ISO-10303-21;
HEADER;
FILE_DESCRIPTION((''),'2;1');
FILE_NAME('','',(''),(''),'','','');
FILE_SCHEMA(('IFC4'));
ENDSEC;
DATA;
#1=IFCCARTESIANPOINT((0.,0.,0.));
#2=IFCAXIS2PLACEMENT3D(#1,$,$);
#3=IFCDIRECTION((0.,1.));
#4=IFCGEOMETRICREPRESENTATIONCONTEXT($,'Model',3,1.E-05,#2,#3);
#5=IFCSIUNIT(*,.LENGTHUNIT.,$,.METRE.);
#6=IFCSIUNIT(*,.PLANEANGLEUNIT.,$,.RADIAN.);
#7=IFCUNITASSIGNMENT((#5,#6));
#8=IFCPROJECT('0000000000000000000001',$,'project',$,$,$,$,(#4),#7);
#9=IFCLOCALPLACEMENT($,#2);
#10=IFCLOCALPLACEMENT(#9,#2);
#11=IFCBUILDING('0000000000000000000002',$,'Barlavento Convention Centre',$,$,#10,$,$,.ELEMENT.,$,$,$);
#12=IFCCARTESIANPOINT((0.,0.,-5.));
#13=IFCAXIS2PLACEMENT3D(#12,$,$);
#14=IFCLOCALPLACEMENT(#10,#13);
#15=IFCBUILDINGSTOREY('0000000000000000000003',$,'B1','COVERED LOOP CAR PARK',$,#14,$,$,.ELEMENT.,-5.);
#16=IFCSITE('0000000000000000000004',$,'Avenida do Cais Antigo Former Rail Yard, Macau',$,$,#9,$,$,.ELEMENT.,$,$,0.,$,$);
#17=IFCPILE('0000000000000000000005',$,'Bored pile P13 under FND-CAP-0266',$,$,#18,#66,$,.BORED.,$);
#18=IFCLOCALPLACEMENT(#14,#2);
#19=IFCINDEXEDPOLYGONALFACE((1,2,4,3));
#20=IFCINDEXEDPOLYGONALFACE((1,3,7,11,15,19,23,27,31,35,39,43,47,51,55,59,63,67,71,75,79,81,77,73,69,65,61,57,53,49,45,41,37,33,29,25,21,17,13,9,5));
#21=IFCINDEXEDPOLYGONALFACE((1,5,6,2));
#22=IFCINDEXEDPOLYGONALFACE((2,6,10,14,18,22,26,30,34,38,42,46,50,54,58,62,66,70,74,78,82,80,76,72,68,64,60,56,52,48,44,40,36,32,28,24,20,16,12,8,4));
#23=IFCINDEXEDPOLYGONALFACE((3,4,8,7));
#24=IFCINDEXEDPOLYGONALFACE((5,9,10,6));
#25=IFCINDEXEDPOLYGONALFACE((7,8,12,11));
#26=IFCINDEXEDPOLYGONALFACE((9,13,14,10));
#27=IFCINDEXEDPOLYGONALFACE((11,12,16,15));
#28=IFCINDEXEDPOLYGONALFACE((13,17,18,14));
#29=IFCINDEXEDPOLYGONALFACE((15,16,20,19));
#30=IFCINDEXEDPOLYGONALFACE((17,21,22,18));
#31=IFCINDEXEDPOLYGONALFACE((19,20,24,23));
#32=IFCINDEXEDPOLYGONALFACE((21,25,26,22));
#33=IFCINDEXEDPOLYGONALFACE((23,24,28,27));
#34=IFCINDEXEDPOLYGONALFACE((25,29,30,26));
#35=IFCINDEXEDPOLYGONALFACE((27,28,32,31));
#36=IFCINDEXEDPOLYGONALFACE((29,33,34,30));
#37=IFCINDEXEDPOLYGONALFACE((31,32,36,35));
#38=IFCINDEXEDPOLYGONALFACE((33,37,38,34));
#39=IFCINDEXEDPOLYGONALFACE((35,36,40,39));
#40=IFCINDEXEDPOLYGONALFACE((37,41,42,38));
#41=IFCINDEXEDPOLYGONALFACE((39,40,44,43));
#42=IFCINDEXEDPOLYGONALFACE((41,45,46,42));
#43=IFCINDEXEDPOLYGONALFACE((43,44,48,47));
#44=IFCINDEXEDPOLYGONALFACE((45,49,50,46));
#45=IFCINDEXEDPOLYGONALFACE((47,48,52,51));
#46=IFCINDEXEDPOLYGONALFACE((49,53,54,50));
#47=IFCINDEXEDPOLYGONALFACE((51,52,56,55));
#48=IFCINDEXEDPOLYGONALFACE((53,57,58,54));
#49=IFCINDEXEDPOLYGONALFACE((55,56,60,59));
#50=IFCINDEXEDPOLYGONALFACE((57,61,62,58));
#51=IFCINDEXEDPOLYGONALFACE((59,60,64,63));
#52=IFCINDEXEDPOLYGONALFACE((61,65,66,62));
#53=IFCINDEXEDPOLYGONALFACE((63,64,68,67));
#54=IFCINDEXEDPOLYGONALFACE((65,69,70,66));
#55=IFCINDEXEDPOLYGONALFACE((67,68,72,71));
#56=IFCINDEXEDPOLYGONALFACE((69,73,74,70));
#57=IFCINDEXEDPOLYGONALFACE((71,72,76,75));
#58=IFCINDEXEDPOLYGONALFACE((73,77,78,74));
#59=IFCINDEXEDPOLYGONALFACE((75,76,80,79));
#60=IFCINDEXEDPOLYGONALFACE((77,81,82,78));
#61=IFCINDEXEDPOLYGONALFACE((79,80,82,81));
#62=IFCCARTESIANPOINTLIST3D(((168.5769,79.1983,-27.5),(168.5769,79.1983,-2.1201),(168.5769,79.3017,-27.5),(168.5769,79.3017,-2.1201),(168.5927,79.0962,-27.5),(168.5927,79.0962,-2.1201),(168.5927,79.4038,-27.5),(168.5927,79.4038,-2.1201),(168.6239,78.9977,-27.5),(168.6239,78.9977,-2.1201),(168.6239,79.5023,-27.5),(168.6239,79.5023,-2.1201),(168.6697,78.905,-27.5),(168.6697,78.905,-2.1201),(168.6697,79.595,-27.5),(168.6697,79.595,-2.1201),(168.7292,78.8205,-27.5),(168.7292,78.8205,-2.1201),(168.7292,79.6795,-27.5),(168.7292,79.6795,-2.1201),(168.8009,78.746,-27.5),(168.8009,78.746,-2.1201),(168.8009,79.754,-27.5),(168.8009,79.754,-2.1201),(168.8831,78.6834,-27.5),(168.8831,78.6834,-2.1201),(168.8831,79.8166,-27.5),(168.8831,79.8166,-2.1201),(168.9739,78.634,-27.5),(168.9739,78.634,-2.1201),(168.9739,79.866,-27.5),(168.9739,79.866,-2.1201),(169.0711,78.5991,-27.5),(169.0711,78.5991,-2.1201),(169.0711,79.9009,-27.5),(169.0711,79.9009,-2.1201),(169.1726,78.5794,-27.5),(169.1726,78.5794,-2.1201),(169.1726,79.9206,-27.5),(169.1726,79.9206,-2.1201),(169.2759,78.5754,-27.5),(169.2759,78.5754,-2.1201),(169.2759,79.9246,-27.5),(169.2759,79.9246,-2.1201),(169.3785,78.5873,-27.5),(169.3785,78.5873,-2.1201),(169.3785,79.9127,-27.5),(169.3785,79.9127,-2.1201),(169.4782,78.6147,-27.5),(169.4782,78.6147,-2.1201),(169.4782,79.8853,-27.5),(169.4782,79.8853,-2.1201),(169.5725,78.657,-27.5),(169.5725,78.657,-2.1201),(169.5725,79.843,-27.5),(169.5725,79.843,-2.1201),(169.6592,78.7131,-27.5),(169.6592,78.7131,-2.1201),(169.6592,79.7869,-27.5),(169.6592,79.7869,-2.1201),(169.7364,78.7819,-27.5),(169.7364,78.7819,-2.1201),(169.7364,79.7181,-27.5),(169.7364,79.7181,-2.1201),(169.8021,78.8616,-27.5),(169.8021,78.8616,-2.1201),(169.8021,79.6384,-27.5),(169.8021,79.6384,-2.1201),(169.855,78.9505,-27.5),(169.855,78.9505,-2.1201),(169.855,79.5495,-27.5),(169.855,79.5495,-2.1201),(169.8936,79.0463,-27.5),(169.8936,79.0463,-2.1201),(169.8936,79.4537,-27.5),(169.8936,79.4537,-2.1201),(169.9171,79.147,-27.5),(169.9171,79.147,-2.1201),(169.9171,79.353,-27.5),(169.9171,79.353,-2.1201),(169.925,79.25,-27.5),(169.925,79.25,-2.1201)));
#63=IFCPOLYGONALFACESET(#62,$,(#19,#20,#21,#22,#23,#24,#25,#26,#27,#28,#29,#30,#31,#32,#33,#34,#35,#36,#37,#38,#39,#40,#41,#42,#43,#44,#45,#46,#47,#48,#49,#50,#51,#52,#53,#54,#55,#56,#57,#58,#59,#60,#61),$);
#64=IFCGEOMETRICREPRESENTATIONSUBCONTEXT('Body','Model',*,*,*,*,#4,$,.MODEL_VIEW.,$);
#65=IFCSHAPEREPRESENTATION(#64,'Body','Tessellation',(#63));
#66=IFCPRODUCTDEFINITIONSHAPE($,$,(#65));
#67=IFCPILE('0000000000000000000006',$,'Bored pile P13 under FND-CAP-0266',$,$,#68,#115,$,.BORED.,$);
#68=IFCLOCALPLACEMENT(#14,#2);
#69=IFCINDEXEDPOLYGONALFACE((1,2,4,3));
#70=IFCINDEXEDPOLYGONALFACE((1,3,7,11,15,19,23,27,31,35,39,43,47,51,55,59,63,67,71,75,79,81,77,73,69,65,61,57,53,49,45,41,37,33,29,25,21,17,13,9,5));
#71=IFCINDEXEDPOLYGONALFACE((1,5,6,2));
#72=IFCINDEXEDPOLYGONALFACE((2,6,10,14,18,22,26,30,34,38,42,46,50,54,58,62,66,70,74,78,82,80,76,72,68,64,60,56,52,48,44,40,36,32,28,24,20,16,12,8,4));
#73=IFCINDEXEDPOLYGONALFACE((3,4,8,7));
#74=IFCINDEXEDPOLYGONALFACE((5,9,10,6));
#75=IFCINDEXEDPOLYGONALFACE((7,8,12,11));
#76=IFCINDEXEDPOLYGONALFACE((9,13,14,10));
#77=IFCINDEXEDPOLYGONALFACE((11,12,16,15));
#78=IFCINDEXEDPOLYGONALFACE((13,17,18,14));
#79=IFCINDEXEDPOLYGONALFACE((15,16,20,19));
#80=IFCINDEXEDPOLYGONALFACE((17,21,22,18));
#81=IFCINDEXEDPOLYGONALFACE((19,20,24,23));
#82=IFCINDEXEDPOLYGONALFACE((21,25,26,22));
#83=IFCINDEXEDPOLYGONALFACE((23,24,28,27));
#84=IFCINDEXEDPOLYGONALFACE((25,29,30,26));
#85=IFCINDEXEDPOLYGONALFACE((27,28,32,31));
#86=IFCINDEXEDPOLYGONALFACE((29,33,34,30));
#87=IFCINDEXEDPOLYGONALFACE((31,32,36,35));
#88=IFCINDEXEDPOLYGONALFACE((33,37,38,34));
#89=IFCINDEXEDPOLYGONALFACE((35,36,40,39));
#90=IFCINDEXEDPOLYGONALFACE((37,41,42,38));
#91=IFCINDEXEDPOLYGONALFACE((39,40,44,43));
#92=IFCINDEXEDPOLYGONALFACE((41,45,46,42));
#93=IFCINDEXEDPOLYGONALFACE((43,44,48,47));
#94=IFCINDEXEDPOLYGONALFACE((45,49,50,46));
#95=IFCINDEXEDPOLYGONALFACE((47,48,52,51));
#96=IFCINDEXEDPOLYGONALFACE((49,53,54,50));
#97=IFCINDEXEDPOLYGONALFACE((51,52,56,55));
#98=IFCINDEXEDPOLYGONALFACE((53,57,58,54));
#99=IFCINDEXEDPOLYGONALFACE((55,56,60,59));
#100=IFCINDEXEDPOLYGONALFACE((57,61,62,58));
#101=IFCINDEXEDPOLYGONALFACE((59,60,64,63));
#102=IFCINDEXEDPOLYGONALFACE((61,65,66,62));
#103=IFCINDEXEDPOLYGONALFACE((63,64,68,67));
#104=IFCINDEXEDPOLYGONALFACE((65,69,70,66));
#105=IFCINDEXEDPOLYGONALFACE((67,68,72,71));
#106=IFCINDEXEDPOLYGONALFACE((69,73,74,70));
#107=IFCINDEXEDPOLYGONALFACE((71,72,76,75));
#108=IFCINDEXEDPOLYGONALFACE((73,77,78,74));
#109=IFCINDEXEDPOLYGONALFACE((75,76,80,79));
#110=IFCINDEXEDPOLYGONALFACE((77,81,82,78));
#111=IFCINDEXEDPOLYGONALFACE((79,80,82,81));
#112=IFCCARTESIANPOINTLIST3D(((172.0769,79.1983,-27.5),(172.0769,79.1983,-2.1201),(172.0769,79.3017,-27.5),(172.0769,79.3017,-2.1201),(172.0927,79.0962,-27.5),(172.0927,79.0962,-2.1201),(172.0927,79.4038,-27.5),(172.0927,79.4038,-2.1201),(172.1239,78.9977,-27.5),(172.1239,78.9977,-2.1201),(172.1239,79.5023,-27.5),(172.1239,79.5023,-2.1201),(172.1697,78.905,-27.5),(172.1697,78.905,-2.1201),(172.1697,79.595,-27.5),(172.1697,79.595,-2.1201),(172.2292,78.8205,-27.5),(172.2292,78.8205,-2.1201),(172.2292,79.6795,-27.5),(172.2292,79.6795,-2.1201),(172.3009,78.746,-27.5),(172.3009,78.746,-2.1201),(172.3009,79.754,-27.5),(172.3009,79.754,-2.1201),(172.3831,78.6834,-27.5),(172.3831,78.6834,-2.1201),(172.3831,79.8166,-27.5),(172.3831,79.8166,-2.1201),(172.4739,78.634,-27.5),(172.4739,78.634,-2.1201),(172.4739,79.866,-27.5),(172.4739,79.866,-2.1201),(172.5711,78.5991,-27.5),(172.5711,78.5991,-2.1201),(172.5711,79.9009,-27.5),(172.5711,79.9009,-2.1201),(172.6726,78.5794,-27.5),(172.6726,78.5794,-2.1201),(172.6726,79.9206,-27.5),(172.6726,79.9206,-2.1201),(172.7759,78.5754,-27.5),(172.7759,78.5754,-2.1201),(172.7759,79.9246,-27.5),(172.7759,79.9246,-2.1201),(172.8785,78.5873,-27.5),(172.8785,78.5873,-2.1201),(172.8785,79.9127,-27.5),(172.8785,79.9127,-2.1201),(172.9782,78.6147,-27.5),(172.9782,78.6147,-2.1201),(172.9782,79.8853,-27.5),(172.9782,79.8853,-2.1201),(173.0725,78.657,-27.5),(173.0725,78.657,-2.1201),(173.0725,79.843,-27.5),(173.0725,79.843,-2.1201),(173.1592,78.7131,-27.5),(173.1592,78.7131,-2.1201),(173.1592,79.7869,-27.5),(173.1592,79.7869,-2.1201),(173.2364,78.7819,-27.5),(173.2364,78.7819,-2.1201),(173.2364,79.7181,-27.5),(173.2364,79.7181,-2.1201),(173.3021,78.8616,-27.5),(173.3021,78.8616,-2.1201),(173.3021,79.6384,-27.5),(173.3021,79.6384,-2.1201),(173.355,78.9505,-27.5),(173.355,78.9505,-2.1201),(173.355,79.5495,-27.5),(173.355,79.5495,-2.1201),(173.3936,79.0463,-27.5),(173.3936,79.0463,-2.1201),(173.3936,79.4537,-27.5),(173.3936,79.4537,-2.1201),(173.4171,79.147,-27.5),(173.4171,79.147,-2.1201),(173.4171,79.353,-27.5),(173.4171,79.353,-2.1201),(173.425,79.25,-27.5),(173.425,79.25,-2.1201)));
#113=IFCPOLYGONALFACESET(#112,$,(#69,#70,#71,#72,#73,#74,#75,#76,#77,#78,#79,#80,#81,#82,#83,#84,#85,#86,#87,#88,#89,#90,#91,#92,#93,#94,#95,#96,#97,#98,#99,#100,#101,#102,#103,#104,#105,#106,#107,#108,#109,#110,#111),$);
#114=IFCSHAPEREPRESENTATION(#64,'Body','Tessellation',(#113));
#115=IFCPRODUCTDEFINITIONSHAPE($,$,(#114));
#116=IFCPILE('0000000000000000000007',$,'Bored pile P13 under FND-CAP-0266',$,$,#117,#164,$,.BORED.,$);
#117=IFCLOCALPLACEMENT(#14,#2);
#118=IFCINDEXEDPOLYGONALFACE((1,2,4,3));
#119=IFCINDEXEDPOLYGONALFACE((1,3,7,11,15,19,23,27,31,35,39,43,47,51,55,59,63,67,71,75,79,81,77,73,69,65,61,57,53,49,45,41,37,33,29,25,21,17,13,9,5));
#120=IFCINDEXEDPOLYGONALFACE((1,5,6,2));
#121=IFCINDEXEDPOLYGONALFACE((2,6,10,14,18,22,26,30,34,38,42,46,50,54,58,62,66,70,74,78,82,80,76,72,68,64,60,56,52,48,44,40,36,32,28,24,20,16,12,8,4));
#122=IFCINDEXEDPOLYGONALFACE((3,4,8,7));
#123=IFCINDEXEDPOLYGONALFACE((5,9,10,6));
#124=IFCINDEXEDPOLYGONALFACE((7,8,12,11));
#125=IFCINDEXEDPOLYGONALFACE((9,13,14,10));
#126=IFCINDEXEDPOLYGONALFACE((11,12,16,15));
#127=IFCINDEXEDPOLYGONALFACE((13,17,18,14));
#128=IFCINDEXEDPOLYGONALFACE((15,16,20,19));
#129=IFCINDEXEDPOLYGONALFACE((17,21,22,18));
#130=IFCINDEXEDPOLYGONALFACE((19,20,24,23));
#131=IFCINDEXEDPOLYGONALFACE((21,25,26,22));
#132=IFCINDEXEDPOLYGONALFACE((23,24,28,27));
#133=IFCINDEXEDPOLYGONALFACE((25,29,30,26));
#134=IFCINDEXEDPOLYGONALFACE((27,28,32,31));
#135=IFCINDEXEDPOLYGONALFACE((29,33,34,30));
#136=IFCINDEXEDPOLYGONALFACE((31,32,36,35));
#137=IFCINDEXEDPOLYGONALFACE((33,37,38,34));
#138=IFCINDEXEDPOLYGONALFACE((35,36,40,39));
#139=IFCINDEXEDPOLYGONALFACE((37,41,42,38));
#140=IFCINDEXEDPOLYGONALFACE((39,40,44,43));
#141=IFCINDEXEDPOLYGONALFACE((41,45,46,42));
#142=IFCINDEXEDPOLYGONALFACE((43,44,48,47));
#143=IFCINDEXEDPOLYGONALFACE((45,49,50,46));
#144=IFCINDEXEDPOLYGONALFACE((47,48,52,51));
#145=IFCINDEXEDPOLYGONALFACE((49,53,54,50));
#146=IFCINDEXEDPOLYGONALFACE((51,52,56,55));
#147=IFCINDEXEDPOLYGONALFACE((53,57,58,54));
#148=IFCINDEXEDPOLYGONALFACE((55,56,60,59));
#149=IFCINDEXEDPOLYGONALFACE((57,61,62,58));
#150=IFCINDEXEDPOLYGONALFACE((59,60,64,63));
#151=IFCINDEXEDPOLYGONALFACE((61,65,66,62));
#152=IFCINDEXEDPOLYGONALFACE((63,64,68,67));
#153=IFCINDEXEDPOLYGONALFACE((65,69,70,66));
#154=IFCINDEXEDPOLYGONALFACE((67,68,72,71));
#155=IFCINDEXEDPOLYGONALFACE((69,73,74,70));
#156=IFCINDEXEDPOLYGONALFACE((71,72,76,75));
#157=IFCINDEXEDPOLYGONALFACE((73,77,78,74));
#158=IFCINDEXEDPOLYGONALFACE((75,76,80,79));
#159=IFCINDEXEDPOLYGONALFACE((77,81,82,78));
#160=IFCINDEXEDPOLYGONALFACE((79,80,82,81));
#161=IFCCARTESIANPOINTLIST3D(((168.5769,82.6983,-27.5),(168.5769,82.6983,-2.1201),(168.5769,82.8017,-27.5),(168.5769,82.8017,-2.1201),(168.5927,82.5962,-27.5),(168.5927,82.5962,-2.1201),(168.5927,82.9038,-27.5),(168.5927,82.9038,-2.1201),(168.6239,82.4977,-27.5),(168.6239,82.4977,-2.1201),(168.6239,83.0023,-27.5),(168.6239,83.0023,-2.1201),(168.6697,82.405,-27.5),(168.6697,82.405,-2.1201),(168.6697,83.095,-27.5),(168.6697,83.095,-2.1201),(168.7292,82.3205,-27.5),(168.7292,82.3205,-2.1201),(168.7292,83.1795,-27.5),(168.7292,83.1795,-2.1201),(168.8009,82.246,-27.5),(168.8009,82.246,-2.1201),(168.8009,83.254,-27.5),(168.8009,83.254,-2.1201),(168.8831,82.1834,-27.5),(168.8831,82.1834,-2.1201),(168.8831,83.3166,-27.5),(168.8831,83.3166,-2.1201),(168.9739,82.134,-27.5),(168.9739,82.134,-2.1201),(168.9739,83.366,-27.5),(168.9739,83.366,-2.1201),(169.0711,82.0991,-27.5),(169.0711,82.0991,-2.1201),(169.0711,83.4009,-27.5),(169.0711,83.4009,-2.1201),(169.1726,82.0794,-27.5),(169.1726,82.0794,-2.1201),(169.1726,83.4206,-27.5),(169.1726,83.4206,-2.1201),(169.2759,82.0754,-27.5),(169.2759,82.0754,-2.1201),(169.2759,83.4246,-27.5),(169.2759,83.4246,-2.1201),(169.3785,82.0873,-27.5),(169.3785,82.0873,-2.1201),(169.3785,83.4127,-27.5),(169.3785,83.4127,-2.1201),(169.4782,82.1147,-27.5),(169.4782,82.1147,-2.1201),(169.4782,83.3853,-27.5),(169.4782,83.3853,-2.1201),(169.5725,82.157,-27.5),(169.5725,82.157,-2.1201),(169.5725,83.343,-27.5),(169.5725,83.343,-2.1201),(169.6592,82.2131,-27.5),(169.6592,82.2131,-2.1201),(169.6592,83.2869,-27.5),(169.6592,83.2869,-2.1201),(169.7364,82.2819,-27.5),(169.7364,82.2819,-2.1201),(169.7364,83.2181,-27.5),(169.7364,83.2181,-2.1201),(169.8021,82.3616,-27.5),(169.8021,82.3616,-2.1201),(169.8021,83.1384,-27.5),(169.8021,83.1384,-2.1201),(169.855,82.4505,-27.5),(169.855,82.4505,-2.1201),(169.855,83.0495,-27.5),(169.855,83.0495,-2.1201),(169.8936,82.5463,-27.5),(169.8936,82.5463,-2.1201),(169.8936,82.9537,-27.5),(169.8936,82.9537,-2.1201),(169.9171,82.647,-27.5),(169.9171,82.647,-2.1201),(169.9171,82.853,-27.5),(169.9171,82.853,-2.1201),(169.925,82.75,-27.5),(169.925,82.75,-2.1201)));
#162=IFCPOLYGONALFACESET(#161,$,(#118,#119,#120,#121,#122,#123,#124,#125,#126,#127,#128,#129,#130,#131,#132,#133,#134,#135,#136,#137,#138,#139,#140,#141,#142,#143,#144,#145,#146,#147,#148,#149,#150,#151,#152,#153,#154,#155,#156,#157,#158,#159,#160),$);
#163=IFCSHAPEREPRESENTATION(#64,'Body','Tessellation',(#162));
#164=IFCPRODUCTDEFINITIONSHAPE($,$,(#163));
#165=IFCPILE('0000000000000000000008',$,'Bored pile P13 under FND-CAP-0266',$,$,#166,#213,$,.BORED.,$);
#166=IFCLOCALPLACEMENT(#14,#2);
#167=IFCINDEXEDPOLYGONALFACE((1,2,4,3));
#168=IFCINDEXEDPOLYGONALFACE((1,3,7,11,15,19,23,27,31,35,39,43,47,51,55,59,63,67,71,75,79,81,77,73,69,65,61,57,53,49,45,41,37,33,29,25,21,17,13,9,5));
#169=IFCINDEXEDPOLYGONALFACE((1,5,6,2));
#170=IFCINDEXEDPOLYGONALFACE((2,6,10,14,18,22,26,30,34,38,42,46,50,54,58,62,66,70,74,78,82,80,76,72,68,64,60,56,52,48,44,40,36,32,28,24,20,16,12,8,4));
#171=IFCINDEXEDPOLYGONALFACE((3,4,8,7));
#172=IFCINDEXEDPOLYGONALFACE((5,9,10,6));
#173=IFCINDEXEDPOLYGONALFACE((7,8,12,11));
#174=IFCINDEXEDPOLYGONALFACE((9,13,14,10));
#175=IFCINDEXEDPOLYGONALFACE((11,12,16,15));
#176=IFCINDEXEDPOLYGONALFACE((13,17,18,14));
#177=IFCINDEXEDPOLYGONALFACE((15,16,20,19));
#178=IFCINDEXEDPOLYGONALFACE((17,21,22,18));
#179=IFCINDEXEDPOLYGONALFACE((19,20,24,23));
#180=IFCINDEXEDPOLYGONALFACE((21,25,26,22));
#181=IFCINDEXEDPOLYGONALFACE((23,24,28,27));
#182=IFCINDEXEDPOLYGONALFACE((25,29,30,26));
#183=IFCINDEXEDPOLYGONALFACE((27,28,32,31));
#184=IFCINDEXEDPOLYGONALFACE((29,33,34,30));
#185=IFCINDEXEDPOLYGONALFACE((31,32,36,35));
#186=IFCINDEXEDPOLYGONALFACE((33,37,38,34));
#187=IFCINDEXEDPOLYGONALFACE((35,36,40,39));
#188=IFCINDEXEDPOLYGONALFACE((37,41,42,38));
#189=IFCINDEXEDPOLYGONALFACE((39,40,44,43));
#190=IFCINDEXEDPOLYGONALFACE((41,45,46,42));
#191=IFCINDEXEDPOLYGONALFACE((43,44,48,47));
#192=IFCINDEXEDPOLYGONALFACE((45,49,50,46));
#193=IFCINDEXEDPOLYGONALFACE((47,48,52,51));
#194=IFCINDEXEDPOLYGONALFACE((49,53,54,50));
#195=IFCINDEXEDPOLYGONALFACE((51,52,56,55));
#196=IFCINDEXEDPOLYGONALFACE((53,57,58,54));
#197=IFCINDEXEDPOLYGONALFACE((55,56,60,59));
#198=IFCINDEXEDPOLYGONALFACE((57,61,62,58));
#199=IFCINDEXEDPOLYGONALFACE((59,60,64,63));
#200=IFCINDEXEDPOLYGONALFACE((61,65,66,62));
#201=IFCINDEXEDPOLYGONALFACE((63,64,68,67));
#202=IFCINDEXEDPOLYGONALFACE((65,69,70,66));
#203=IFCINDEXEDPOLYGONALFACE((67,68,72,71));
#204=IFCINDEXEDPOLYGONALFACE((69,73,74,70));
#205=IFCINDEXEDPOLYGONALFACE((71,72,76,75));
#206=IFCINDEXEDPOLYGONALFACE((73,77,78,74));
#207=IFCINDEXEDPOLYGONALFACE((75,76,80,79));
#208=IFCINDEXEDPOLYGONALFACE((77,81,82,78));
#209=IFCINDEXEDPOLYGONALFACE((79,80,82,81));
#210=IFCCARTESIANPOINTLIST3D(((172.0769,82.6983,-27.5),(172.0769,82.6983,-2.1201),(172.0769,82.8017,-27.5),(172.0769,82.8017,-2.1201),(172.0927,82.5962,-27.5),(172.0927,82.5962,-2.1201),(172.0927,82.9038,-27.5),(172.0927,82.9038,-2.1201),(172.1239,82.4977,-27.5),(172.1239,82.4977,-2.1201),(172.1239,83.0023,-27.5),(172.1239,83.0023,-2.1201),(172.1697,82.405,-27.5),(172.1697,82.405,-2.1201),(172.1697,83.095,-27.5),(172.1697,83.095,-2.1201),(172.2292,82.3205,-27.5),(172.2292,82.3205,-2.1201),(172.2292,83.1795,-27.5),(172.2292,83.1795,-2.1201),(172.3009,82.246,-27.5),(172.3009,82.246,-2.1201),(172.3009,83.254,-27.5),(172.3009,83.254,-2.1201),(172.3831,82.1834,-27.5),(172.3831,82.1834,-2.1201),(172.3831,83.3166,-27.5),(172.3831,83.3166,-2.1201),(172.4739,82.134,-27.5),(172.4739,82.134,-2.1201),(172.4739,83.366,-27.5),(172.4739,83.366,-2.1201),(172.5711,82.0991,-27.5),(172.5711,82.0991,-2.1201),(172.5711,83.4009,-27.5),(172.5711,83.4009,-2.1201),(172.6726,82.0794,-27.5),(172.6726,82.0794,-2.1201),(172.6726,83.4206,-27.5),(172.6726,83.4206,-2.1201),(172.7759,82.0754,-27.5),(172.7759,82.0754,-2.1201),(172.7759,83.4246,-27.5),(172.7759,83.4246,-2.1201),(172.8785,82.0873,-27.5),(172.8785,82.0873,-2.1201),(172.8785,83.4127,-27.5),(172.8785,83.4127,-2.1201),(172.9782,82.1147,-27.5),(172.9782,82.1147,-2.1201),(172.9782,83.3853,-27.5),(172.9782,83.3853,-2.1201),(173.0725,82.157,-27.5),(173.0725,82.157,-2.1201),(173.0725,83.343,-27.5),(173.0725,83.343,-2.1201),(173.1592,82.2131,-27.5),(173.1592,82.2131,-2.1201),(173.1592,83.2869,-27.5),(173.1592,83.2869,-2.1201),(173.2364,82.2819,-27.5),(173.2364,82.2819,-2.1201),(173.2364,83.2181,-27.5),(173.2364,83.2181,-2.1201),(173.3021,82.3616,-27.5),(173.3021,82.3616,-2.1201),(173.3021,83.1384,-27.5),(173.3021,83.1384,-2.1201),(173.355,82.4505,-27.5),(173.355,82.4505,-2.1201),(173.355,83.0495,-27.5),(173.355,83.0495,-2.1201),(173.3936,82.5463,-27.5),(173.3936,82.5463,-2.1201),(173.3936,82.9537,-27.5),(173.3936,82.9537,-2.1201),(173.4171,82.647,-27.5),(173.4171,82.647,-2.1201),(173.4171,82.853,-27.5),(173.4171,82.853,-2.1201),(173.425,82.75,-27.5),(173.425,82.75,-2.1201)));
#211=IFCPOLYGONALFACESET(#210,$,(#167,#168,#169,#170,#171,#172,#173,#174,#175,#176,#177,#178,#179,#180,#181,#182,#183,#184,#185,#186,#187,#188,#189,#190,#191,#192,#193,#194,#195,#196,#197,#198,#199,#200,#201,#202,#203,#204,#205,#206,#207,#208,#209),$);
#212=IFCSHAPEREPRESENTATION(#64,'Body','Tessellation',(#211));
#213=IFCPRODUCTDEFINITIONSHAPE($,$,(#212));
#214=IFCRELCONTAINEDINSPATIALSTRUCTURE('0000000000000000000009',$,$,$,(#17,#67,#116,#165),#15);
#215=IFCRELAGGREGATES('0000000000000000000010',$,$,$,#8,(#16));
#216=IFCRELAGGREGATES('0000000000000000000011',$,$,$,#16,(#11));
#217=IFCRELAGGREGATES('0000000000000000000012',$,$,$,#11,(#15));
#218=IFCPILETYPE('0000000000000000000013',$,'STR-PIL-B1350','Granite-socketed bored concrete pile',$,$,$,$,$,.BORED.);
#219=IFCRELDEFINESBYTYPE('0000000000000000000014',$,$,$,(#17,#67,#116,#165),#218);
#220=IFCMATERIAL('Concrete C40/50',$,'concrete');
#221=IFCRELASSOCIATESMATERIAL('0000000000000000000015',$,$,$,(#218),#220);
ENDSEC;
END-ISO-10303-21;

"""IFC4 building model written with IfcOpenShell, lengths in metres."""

from ifc_helpers import new_model, si_unit, direction, frame, origin, origin_2d, place, context, subcontext, project, spatial, circle, extrude, material, material_profile, profile_set, type_object, element, save


model = new_model("IFC4")

# Units and contexts
model_context = context("Model", 3, precision=1e-05, world=origin(), true_north=direction((0.0, 1.0)))
body_context = subcontext(model_context, "Body", "Model", "MODEL_VIEW")
ifc_project = project(units=[si_unit("LENGTHUNIT", "METRE"), si_unit("PLANEANGLEUNIT", "RADIAN")], contexts=[model_context])

# Site, building, storey
site_placement = place(None, origin())
site = spatial("IfcSite", under=ifc_project, at=site_placement, Name="Avenida do Cais Antigo Former Rail Yard, Macau", CompositionType="ELEMENT", RefElevation=0.0)
building_placement = place(site_placement, origin())
building = spatial("IfcBuilding", under=site, at=building_placement, Name="Barlavento Convention Centre", CompositionType="ELEMENT")
storey_placement = place(building_placement, frame((0.0, 0.0, -5.0)))
storey = spatial("IfcBuildingStorey", under=building, at=storey_placement, Name="B1", Description="COVERED LOOP CAR PARK", CompositionType="ELEMENT", Elevation=-5.0)

# Shared definitions
ifc_material_1 = material(Name="Concrete C40/50", Category="concrete")

# Piles
ifc_material_profile_1 = material_profile(ifc_material_1, circle(Radius=0.675, at=origin_2d()), Name="BORED PILE 1350")
ifc_profile_set_1 = profile_set([ifc_material_profile_1], Name="Concrete C40/50")
pile_type_1 = type_object("IfcPileType", Name="STR-PIL-B1350", Description="Granite-socketed bored concrete pile", PredefinedType="BORED", material=ifc_profile_set_1)
for number, where, z_axis, x_axis, name in (
    (1, (169.25, 79.25, -2.1201), (0.0, 0.0, -1.0), (1.0, 0.0, 0.0), "Bored pile P13 under FND-CAP-0266"),
    (2, (172.75, 79.25, -2.1201), (0.0, 0.0, -1.0), (1.0, 0.0, 0.0), "Bored pile P13 under FND-CAP-0266"),
    (3, (169.25, 82.75, -2.1201), (0.0, 0.0, -1.0), (1.0, 0.0, 0.0), "Bored pile P13 under FND-CAP-0266"),
    (4, (172.75, 82.75, -2.1201), (0.0, 0.0, -1.0), (1.0, 0.0, 0.0), "Bored pile P13 under FND-CAP-0266"),
):
    element("IfcPile", number, at=place(storey_placement, frame(where, z_axis=z_axis, x_axis=x_axis)), inside=storey, type_object=pile_type_1, Name=name, PredefinedType="BORED", context=body_context, shape_type="SweptSolid", body=[
        extrude(circle(Radius=0.675, at=origin_2d()), origin(), (0.0, 0.0, 1.0), 25.3799),
    ])

save(model, "model.ifc")
